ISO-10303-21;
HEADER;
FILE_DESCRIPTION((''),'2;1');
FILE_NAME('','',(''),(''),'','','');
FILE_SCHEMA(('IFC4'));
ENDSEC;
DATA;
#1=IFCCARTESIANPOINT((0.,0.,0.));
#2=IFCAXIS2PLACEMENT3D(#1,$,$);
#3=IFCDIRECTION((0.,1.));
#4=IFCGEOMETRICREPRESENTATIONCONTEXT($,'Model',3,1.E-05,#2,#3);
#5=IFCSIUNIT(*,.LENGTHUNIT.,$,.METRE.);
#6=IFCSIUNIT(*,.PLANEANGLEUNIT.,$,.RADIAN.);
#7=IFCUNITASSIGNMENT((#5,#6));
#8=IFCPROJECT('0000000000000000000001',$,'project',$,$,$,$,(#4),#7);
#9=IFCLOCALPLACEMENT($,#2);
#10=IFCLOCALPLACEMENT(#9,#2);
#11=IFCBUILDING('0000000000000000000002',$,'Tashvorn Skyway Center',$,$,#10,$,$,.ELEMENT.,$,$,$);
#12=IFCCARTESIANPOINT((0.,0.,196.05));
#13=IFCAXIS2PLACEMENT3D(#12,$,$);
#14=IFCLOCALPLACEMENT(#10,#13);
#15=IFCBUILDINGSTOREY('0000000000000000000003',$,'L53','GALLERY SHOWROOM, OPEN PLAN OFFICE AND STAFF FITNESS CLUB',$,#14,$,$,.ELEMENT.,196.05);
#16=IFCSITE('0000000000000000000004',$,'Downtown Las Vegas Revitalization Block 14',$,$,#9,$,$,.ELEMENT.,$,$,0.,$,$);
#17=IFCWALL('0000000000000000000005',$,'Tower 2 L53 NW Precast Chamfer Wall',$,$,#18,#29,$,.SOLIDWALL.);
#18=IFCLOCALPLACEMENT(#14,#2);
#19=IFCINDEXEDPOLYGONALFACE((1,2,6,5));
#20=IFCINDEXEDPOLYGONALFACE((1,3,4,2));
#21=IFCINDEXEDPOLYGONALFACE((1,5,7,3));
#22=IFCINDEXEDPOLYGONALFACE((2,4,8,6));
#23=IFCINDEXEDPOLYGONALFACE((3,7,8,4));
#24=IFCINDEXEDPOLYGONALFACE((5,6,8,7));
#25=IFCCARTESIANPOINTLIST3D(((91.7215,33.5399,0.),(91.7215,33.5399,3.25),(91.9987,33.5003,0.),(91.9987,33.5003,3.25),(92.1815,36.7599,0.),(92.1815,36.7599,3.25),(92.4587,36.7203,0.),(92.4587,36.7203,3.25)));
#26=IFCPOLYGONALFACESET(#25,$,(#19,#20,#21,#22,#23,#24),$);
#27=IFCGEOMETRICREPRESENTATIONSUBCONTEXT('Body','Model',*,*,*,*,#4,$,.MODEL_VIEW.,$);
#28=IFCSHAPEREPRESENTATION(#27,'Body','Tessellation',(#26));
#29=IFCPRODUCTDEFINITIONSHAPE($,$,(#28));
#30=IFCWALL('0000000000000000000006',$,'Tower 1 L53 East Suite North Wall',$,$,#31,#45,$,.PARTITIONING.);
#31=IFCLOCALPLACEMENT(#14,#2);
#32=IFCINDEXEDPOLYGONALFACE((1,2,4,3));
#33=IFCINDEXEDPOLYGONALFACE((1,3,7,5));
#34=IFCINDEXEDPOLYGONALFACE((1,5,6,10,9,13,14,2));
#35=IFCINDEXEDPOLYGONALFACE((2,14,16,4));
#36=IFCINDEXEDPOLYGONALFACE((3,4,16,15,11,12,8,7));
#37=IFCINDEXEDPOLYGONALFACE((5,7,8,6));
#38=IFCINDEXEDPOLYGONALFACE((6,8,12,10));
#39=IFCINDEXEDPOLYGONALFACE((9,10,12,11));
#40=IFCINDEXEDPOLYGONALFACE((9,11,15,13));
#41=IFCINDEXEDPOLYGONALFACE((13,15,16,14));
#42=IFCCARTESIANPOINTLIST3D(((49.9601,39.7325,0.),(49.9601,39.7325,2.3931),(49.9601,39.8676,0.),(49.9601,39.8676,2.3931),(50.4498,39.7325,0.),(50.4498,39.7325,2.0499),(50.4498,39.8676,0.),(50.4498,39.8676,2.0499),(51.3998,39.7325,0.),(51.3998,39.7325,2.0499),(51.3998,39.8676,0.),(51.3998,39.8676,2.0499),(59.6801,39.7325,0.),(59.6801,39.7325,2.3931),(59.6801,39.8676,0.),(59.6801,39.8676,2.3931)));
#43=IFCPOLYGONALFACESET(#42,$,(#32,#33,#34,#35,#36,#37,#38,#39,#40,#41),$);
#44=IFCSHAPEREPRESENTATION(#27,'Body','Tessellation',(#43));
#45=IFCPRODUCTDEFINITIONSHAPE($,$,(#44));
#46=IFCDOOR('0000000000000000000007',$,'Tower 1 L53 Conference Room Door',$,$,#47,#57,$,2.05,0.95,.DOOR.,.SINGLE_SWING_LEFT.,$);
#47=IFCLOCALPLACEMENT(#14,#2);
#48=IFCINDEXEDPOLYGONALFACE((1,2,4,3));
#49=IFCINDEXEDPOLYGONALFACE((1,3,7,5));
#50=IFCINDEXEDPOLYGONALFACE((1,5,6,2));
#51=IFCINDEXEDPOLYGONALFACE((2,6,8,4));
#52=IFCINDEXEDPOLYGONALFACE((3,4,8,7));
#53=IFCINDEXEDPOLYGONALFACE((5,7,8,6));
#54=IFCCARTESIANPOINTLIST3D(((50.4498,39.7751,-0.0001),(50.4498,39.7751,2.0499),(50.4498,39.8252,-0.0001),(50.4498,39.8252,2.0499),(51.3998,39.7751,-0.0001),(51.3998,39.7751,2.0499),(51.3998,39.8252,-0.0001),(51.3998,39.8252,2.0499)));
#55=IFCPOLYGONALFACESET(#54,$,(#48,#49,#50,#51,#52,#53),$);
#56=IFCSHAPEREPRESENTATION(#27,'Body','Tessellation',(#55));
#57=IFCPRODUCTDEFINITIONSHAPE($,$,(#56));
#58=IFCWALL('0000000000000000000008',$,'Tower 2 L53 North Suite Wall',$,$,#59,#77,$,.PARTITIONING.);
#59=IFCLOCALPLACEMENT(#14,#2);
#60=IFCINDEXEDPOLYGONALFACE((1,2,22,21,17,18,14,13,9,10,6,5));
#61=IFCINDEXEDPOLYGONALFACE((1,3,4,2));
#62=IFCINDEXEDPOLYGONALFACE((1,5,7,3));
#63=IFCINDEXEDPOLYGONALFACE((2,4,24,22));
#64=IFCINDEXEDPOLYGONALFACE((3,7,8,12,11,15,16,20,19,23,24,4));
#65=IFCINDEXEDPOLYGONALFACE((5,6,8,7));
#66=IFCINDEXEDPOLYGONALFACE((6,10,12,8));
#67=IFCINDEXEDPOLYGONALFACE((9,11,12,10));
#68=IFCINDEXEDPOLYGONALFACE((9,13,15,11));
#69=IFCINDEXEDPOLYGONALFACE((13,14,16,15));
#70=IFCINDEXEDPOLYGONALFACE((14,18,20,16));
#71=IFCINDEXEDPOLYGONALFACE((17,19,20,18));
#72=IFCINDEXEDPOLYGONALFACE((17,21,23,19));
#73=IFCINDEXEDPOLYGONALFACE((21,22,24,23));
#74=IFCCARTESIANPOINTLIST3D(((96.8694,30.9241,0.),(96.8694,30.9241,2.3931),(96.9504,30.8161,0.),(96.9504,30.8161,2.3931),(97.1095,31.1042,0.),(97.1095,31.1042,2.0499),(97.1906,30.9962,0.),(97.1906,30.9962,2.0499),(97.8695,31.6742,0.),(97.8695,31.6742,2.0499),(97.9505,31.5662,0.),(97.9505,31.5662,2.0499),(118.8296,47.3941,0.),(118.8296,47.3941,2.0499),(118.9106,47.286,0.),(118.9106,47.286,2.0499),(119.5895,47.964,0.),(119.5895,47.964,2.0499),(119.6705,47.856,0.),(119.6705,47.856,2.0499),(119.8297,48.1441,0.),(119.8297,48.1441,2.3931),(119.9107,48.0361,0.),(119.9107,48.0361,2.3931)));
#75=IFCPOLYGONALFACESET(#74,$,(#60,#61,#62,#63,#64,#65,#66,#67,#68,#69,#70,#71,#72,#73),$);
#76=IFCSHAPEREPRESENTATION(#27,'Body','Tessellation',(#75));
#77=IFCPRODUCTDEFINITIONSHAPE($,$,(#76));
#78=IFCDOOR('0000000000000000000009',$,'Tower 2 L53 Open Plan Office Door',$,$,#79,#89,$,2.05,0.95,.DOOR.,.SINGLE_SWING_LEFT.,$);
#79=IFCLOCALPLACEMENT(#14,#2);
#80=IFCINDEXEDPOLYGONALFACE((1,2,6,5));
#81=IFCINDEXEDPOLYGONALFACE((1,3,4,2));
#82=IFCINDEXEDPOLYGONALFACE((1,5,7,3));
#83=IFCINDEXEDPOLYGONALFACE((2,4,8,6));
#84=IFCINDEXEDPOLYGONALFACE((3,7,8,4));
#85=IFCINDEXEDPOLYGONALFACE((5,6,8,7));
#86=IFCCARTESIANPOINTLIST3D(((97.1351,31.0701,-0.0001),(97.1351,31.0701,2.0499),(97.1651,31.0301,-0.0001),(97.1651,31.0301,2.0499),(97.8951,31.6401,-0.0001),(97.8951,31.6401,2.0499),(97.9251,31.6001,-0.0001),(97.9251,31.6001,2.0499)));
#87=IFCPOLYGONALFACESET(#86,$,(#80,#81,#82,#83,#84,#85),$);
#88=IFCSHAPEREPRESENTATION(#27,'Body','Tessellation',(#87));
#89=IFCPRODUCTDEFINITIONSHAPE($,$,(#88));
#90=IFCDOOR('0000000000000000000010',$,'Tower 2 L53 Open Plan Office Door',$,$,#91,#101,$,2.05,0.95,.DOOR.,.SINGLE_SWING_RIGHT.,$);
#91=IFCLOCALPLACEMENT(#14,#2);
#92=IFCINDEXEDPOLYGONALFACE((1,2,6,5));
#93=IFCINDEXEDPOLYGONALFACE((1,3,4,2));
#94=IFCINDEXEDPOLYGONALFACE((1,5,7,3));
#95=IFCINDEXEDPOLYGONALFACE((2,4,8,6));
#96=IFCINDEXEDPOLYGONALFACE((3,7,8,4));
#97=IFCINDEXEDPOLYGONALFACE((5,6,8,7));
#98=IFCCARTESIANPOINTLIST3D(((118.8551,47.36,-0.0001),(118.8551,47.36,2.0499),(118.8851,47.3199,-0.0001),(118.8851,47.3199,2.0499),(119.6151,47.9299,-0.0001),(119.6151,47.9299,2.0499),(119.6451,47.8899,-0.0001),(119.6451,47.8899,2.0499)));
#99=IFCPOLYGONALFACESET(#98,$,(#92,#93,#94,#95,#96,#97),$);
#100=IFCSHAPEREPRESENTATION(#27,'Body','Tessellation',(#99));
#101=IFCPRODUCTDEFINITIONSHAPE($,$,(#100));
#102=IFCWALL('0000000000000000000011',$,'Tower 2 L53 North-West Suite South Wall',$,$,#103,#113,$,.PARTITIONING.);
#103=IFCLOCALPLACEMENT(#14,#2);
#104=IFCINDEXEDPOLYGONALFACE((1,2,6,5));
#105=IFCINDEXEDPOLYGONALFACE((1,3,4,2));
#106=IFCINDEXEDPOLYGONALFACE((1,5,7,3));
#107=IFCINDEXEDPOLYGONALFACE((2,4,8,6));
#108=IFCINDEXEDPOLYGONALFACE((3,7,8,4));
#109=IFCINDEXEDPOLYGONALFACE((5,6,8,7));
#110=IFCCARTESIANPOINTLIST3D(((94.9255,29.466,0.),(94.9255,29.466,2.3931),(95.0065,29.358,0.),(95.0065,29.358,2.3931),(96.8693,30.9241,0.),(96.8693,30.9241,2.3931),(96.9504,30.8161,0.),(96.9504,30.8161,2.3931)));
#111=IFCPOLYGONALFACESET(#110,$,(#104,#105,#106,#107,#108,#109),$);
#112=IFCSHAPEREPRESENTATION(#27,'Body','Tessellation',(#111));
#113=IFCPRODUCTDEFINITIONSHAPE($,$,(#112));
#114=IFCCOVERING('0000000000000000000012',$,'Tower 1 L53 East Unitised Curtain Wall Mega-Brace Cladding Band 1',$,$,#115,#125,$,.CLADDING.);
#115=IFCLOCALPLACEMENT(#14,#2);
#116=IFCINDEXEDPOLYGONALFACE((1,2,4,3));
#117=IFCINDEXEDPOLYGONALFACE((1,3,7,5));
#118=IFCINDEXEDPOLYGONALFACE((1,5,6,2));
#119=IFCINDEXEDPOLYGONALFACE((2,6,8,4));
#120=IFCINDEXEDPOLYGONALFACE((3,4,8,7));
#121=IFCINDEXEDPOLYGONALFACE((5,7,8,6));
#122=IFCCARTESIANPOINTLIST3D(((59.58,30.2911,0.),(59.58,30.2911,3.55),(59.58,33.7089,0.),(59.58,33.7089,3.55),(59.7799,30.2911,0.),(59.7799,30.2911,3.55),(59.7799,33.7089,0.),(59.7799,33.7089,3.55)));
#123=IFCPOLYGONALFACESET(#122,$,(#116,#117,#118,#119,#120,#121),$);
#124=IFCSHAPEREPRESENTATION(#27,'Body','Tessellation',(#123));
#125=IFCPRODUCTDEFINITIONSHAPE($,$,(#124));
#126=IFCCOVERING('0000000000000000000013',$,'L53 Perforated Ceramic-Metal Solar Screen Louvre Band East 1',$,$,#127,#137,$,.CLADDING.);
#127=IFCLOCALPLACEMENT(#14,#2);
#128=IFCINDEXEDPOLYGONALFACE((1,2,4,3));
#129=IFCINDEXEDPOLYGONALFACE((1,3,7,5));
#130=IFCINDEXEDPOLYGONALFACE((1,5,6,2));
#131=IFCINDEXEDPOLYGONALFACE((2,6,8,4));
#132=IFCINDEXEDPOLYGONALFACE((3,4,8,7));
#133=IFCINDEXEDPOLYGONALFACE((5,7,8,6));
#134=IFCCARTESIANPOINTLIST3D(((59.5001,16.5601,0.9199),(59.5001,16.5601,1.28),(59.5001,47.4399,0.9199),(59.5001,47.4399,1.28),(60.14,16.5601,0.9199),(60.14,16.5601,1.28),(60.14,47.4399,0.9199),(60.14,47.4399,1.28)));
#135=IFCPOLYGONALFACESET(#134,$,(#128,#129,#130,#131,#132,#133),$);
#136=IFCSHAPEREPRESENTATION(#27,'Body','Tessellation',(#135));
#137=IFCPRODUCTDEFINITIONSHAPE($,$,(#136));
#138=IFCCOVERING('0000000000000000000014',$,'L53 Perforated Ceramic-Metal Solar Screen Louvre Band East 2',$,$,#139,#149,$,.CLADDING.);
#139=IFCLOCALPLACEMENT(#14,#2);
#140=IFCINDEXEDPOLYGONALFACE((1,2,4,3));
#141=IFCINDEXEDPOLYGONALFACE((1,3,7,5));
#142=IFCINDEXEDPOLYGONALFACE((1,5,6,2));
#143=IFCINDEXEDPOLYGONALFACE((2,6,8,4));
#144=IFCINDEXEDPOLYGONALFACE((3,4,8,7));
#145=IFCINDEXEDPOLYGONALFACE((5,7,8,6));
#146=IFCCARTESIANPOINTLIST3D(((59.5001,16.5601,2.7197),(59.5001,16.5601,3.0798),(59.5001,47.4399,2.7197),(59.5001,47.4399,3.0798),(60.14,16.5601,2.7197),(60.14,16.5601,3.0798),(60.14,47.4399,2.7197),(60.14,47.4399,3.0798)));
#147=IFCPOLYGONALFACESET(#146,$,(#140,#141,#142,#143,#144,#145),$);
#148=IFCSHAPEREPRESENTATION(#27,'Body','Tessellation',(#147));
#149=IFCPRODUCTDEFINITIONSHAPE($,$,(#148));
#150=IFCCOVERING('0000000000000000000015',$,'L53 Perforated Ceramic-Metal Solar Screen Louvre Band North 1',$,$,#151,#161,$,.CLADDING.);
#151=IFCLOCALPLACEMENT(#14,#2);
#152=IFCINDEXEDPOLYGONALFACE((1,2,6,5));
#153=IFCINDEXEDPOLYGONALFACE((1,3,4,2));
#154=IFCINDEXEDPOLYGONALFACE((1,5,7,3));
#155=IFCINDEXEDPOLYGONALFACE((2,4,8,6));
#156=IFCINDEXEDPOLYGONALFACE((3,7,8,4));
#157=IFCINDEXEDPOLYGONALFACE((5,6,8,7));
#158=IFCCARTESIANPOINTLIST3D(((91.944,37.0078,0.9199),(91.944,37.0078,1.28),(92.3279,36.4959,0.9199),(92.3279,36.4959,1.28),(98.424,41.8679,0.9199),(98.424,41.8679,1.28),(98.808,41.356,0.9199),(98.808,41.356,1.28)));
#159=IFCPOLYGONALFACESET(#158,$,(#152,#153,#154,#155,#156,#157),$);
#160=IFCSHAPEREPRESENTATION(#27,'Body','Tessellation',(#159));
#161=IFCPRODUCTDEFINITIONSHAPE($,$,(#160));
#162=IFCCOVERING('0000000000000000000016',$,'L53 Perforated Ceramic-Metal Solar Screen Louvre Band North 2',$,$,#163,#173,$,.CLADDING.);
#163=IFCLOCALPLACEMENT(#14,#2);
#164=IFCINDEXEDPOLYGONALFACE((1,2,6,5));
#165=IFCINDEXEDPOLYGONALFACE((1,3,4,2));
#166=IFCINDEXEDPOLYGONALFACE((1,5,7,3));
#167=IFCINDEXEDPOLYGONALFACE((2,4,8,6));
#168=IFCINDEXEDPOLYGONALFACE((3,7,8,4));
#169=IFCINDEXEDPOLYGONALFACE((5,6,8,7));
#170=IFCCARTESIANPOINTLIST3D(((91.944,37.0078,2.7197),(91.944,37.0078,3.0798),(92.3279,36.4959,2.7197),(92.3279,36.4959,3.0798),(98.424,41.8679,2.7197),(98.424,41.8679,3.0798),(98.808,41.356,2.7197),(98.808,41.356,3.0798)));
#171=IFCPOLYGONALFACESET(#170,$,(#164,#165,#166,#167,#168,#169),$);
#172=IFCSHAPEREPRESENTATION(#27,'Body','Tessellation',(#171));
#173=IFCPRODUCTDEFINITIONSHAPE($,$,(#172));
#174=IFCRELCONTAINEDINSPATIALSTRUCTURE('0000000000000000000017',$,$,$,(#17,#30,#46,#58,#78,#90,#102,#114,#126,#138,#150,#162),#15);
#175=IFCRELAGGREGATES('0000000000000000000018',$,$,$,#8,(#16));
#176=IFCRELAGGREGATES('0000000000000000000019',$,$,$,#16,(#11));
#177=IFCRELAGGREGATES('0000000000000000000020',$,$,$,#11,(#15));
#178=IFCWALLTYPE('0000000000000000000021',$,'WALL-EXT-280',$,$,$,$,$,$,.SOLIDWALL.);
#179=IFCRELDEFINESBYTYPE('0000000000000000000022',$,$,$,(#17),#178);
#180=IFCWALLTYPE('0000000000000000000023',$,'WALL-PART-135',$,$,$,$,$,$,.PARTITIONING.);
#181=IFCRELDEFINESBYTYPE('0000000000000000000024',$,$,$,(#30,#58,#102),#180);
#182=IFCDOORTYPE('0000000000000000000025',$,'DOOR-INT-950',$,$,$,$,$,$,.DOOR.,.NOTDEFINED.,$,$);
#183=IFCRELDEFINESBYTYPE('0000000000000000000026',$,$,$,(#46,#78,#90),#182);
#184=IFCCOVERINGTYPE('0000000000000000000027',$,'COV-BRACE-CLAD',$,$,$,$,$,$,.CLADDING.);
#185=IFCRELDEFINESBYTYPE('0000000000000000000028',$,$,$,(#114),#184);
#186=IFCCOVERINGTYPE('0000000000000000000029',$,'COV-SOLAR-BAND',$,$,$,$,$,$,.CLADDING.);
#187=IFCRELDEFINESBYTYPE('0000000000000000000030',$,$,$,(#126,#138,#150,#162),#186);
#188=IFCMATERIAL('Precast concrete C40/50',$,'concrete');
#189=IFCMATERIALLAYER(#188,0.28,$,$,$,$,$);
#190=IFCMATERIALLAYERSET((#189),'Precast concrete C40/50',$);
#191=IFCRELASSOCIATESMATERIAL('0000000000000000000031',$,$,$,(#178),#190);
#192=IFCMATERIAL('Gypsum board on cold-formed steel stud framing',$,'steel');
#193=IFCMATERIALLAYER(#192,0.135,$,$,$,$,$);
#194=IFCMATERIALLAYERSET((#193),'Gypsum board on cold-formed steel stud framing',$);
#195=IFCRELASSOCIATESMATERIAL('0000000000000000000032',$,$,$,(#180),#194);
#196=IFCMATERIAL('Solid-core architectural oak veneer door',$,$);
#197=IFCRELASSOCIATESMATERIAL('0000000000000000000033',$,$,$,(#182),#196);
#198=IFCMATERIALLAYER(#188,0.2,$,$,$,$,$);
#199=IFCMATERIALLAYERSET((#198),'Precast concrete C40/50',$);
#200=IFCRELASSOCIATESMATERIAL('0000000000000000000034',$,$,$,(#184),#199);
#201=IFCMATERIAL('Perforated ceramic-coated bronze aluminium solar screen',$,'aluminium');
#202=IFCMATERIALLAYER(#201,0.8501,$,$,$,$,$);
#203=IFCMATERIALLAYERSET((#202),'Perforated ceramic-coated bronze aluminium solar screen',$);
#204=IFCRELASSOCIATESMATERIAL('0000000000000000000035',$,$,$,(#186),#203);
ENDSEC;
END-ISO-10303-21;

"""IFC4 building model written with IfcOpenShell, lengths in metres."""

from ifc_helpers import new_model, si_unit, direction, frame, frame_2d, origin, origin_2d, place, context, subcontext, project, spatial, rectangle, extrude, material, layer, layer_set, type_object, element, fill, save


model = new_model("IFC4")

# Units and contexts
model_context = context("Model", 3, precision=1e-05, world=origin(), true_north=direction((0.0, 1.0)))
body_context = subcontext(model_context, "Body", "Model", "MODEL_VIEW")
ifc_project = project(units=[si_unit("LENGTHUNIT", "METRE"), si_unit("PLANEANGLEUNIT", "RADIAN")], contexts=[model_context])

# Site, building, storey
site_placement = place(None, origin())
site = spatial("IfcSite", under=ifc_project, at=site_placement, Name="Downtown Las Vegas Revitalization Block 14", CompositionType="ELEMENT", RefElevation=0.0)
building_placement = place(site_placement, origin())
building = spatial("IfcBuilding", under=site, at=building_placement, Name="Tashvorn Skyway Center", CompositionType="ELEMENT")
storey_placement = place(building_placement, frame((0.0, 0.0, 196.05)))
storey = spatial("IfcBuildingStorey", under=building, at=storey_placement, Name="L53", Description="GALLERY SHOWROOM, OPEN PLAN OFFICE AND STAFF FITNESS CLUB", CompositionType="ELEMENT", Elevation=196.05)

# Wall
ifc_material_1 = material(Name="Precast concrete C40/50", Category="concrete")
ifc_layer_1 = layer(ifc_material_1, 0.28)
ifc_layer_set_1 = layer_set([ifc_layer_1], Name="Precast concrete C40/50")
wall_type_1 = type_object("IfcWallType", Name="WALL-EXT-280", PredefinedType="SOLIDWALL", material=ifc_layer_set_1)
wall_1_placement = place(storey_placement, frame((91.8601, 33.52, 0.0), z_axis=(0.0, 0.0, 1.0), x_axis=(0.141411, 0.989951, 0.0)))
element("IfcWall", 1, at=wall_1_placement, inside=storey, type_object=wall_type_1, Name="Tower 2 L53 NW Precast Chamfer Wall", PredefinedType="SOLIDWALL", context=body_context, shape_type="SweptSolid", body=[
    extrude(rectangle(XDim=3.2527, YDim=0.28, at=frame_2d((1.6265, 0.0))), origin(), (0.0, 0.0, 1.0), 3.25),
])

# Wall, opening, door
ifc_material_2 = material(Name="Gypsum board on cold-formed steel stud framing", Category="steel")
ifc_layer_2 = layer(ifc_material_2, 0.135)
ifc_layer_set_2 = layer_set([ifc_layer_2], Name="Gypsum board on cold-formed steel stud framing")
wall_type_2 = type_object("IfcWallType", Name="WALL-PART-135", PredefinedType="PARTITIONING", material=ifc_layer_set_2)
wall_2_placement = place(storey_placement, frame((59.6799, 39.8, 0.0), z_axis=(0.0, 0.0, 1.0), x_axis=(-1.0, 0.0, 0.0)))
wall_2 = element("IfcWall", 2, at=wall_2_placement, inside=storey, type_object=wall_type_2, Name="Tower 1 L53 East Suite North Wall", PredefinedType="PARTITIONING", context=body_context, shape_type="SweptSolid", body=[
    extrude(rectangle(XDim=9.72, YDim=0.135, at=frame_2d((4.8599, 0.0))), origin(), (0.0, 0.0, 1.0), 2.3931),
])
opening_1_placement = place(wall_2_placement, frame((8.28, 0.0, 0.0)))
opening_1 = element("IfcOpeningElement", 3, at=opening_1_placement, cuts=wall_2, PredefinedType="OPENING", context=body_context, shape_type="SweptSolid", body=[
    extrude(rectangle(XDim=0.95, YDim=2.05, at=frame_2d((0.4751, 1.0249))), frame((0.0, 0.0774, 0.0), z_axis=(0.0, -1.0, 0.0), x_axis=(1.0, 0.0, 0.0)), (0.0, 0.0, 1.0), 0.155),
])
ifc_material_3 = material(Name="Solid-core architectural oak veneer door")
door_type = type_object("IfcDoorType", Name="DOOR-INT-950", OperationType="NOTDEFINED", PredefinedType="DOOR", material=ifc_material_3)
door_1_placement = place(opening_1_placement, origin())
door_1 = element("IfcDoor", 4, at=door_1_placement, inside=storey, type_object=door_type, Name="Tower 1 L53 Conference Room Door", OperationType="SINGLE_SWING_LEFT", OverallHeight=2.05, OverallWidth=0.95, PredefinedType="DOOR", context=body_context, shape_type="SweptSolid", body=[
    extrude(rectangle(XDim=0.95, YDim=2.05, at=frame_2d((0.4751, 1.0249))), frame((0.0, 0.0249, 0.0), z_axis=(0.0, -1.0, 0.0), x_axis=(1.0, 0.0, 0.0)), (0.0, 0.0, 1.0), 0.05),
])
fill(opening_1, door_1)

# Wall, openings, doors
wall_3_placement = place(storey_placement, frame((96.9099, 30.8701, 0.0), z_axis=(0.0, 0.0, 1.0), x_axis=(0.800003, 0.599996, 0.0)))
wall_3 = element("IfcWall", 5, at=wall_3_placement, inside=storey, type_object=wall_type_2, Name="Tower 2 L53 North Suite Wall", PredefinedType="PARTITIONING", context=body_context, shape_type="SweptSolid", body=[
    extrude(rectangle(XDim=28.7002, YDim=0.135, at=frame_2d((14.3501, 0.0))), origin(), (0.0, 0.0, 1.0), 2.3931),
])
opening_2_placement = place(wall_3_placement, frame((0.3, 0.0, 0.0)))
opening_2 = element("IfcOpeningElement", 6, at=opening_2_placement, cuts=wall_3, PredefinedType="OPENING", context=body_context, shape_type="SweptSolid", body=[
    extrude(rectangle(XDim=0.95, YDim=2.05, at=frame_2d((0.4751, 1.0249))), frame((0.0, 0.0774, 0.0), z_axis=(0.0, -1.0, 0.0), x_axis=(1.0, 0.0, 0.0)), (0.0, 0.0, 1.0), 0.155),
])
opening_3_placement = place(wall_3_placement, frame((27.45, 0.0, 0.0)))
opening_3 = element("IfcOpeningElement", 7, at=opening_3_placement, cuts=wall_3, PredefinedType="OPENING", context=body_context, shape_type="SweptSolid", body=[
    extrude(rectangle(XDim=0.95, YDim=2.05, at=frame_2d((0.4751, 1.0249))), frame((0.0, 0.0774, 0.0), z_axis=(0.0, -1.0, 0.0), x_axis=(1.0, 0.0, 0.0)), (0.0, 0.0, 1.0), 0.155),
])
door_2_placement = place(opening_2_placement, origin())
door_2 = element("IfcDoor", 8, at=door_2_placement, inside=storey, type_object=door_type, Name="Tower 2 L53 Open Plan Office Door", OperationType="SINGLE_SWING_LEFT", OverallHeight=2.05, OverallWidth=0.95, PredefinedType="DOOR", context=body_context, shape_type="SweptSolid", body=[
    extrude(rectangle(XDim=0.95, YDim=2.05, at=frame_2d((0.4751, 1.0249))), frame((0.0, 0.0249, 0.0), z_axis=(0.0, -1.0, 0.0), x_axis=(1.0, 0.0, 0.0)), (0.0, 0.0, 1.0), 0.05),
])
fill(opening_2, door_2)
door_3_placement = place(opening_3_placement, origin())
door_3 = element("IfcDoor", 9, at=door_3_placement, inside=storey, type_object=door_type, Name="Tower 2 L53 Open Plan Office Door", OperationType="SINGLE_SWING_RIGHT", OverallHeight=2.05, OverallWidth=0.95, PredefinedType="DOOR", context=body_context, shape_type="SweptSolid", body=[
    extrude(rectangle(XDim=0.95, YDim=2.05, at=frame_2d((0.4751, 1.0249))), frame((0.0, 0.0249, 0.0), z_axis=(0.0, -1.0, 0.0), x_axis=(1.0, 0.0, 0.0)), (0.0, 0.0, 1.0), 0.05),
])
fill(opening_3, door_3)

# Wall
wall_4_placement = place(storey_placement, frame((94.9661, 29.4121, 0.0), z_axis=(0.0, 0.0, 1.0), x_axis=(0.799976, 0.600032, 0.0)))
element("IfcWall", 10, at=wall_4_placement, inside=storey, type_object=wall_type_2, Name="Tower 2 L53 North-West Suite South Wall", PredefinedType="PARTITIONING", context=body_context, shape_type="SweptSolid", body=[
    extrude(rectangle(XDim=2.4299, YDim=0.135, at=frame_2d((1.2148, 0.0))), origin(), (0.0, 0.0, 1.0), 2.3931),
])

# Coverings
ifc_layer_3 = layer(ifc_material_1, 0.2)
ifc_layer_set_3 = layer_set([ifc_layer_3], Name="Precast concrete C40/50")
covering_type_1 = type_object("IfcCoveringType", Name="COV-BRACE-CLAD", PredefinedType="CLADDING", material=ifc_layer_set_3)
covering_1_placement = place(storey_placement, frame((59.6799, 32.0, 0.0), z_axis=(0.0, 0.0, 1.0), x_axis=(0.0, -1.0, 0.0)))
element("IfcCovering", 11, at=covering_1_placement, inside=storey, type_object=covering_type_1, Name="Tower 1 L53 East Unitised Curtain Wall Mega-Brace Cladding Band 1", PredefinedType="CLADDING", context=body_context, shape_type="SweptSolid", body=[
    extrude(rectangle(XDim=3.4177, YDim=0.2, at=origin_2d()), origin(), (0.0, 0.0, 1.0), 3.55),
])
ifc_material_4 = material(Name="Perforated ceramic-coated bronze aluminium solar screen", Category="aluminium")
ifc_layer_4 = layer(ifc_material_4, 0.8501)
ifc_layer_set_4 = layer_set([ifc_layer_4], Name="Perforated ceramic-coated bronze aluminium solar screen")
covering_type_2 = type_object("IfcCoveringType", Name="COV-SOLAR-BAND", PredefinedType="CLADDING", material=ifc_layer_set_4)
for number, where, z_axis, x_axis, name in (
    (12, (59.8201, 32.0, 0.9199), (0.0, 0.0, 1.0), (0.0, -1.0, 0.0), "L53 Perforated Ceramic-Metal Solar Screen Louvre Band East 1"),
    (13, (59.8201, 32.0, 2.7197), (0.0, 0.0, 1.0), (0.0, -1.0, 0.0), "L53 Perforated Ceramic-Metal Solar Screen Louvre Band East 2"),
):
    element("IfcCovering", number, at=place(storey_placement, frame(where, z_axis=z_axis, x_axis=x_axis)), inside=storey, type_object=covering_type_2, Name=name, PredefinedType="CLADDING", context=body_context, shape_type="SweptSolid", body=[
        extrude(rectangle(XDim=30.8799, YDim=0.6399, at=origin_2d()), origin(), (0.0, 0.0, 1.0), 0.3601),
    ])
for number, where, z_axis, x_axis, name in (
    (14, (95.376, 39.1819, 0.9199), (0.0, 0.0, 1.0), (0.8, 0.6, 0.0), "L53 Perforated Ceramic-Metal Solar Screen Louvre Band North 1"),
    (15, (95.376, 39.1819, 2.7197), (0.0, 0.0, 1.0), (0.8, 0.6, 0.0), "L53 Perforated Ceramic-Metal Solar Screen Louvre Band North 2"),
):
    element("IfcCovering", number, at=place(storey_placement, frame(where, z_axis=z_axis, x_axis=x_axis)), inside=storey, type_object=covering_type_2, Name=name, PredefinedType="CLADDING", context=body_context, shape_type="SweptSolid", body=[
        extrude(rectangle(XDim=8.1001, YDim=0.6399, at=origin_2d()), origin(), (0.0, 0.0, 1.0), 0.3601),
    ])

save(model, "model.ifc")
